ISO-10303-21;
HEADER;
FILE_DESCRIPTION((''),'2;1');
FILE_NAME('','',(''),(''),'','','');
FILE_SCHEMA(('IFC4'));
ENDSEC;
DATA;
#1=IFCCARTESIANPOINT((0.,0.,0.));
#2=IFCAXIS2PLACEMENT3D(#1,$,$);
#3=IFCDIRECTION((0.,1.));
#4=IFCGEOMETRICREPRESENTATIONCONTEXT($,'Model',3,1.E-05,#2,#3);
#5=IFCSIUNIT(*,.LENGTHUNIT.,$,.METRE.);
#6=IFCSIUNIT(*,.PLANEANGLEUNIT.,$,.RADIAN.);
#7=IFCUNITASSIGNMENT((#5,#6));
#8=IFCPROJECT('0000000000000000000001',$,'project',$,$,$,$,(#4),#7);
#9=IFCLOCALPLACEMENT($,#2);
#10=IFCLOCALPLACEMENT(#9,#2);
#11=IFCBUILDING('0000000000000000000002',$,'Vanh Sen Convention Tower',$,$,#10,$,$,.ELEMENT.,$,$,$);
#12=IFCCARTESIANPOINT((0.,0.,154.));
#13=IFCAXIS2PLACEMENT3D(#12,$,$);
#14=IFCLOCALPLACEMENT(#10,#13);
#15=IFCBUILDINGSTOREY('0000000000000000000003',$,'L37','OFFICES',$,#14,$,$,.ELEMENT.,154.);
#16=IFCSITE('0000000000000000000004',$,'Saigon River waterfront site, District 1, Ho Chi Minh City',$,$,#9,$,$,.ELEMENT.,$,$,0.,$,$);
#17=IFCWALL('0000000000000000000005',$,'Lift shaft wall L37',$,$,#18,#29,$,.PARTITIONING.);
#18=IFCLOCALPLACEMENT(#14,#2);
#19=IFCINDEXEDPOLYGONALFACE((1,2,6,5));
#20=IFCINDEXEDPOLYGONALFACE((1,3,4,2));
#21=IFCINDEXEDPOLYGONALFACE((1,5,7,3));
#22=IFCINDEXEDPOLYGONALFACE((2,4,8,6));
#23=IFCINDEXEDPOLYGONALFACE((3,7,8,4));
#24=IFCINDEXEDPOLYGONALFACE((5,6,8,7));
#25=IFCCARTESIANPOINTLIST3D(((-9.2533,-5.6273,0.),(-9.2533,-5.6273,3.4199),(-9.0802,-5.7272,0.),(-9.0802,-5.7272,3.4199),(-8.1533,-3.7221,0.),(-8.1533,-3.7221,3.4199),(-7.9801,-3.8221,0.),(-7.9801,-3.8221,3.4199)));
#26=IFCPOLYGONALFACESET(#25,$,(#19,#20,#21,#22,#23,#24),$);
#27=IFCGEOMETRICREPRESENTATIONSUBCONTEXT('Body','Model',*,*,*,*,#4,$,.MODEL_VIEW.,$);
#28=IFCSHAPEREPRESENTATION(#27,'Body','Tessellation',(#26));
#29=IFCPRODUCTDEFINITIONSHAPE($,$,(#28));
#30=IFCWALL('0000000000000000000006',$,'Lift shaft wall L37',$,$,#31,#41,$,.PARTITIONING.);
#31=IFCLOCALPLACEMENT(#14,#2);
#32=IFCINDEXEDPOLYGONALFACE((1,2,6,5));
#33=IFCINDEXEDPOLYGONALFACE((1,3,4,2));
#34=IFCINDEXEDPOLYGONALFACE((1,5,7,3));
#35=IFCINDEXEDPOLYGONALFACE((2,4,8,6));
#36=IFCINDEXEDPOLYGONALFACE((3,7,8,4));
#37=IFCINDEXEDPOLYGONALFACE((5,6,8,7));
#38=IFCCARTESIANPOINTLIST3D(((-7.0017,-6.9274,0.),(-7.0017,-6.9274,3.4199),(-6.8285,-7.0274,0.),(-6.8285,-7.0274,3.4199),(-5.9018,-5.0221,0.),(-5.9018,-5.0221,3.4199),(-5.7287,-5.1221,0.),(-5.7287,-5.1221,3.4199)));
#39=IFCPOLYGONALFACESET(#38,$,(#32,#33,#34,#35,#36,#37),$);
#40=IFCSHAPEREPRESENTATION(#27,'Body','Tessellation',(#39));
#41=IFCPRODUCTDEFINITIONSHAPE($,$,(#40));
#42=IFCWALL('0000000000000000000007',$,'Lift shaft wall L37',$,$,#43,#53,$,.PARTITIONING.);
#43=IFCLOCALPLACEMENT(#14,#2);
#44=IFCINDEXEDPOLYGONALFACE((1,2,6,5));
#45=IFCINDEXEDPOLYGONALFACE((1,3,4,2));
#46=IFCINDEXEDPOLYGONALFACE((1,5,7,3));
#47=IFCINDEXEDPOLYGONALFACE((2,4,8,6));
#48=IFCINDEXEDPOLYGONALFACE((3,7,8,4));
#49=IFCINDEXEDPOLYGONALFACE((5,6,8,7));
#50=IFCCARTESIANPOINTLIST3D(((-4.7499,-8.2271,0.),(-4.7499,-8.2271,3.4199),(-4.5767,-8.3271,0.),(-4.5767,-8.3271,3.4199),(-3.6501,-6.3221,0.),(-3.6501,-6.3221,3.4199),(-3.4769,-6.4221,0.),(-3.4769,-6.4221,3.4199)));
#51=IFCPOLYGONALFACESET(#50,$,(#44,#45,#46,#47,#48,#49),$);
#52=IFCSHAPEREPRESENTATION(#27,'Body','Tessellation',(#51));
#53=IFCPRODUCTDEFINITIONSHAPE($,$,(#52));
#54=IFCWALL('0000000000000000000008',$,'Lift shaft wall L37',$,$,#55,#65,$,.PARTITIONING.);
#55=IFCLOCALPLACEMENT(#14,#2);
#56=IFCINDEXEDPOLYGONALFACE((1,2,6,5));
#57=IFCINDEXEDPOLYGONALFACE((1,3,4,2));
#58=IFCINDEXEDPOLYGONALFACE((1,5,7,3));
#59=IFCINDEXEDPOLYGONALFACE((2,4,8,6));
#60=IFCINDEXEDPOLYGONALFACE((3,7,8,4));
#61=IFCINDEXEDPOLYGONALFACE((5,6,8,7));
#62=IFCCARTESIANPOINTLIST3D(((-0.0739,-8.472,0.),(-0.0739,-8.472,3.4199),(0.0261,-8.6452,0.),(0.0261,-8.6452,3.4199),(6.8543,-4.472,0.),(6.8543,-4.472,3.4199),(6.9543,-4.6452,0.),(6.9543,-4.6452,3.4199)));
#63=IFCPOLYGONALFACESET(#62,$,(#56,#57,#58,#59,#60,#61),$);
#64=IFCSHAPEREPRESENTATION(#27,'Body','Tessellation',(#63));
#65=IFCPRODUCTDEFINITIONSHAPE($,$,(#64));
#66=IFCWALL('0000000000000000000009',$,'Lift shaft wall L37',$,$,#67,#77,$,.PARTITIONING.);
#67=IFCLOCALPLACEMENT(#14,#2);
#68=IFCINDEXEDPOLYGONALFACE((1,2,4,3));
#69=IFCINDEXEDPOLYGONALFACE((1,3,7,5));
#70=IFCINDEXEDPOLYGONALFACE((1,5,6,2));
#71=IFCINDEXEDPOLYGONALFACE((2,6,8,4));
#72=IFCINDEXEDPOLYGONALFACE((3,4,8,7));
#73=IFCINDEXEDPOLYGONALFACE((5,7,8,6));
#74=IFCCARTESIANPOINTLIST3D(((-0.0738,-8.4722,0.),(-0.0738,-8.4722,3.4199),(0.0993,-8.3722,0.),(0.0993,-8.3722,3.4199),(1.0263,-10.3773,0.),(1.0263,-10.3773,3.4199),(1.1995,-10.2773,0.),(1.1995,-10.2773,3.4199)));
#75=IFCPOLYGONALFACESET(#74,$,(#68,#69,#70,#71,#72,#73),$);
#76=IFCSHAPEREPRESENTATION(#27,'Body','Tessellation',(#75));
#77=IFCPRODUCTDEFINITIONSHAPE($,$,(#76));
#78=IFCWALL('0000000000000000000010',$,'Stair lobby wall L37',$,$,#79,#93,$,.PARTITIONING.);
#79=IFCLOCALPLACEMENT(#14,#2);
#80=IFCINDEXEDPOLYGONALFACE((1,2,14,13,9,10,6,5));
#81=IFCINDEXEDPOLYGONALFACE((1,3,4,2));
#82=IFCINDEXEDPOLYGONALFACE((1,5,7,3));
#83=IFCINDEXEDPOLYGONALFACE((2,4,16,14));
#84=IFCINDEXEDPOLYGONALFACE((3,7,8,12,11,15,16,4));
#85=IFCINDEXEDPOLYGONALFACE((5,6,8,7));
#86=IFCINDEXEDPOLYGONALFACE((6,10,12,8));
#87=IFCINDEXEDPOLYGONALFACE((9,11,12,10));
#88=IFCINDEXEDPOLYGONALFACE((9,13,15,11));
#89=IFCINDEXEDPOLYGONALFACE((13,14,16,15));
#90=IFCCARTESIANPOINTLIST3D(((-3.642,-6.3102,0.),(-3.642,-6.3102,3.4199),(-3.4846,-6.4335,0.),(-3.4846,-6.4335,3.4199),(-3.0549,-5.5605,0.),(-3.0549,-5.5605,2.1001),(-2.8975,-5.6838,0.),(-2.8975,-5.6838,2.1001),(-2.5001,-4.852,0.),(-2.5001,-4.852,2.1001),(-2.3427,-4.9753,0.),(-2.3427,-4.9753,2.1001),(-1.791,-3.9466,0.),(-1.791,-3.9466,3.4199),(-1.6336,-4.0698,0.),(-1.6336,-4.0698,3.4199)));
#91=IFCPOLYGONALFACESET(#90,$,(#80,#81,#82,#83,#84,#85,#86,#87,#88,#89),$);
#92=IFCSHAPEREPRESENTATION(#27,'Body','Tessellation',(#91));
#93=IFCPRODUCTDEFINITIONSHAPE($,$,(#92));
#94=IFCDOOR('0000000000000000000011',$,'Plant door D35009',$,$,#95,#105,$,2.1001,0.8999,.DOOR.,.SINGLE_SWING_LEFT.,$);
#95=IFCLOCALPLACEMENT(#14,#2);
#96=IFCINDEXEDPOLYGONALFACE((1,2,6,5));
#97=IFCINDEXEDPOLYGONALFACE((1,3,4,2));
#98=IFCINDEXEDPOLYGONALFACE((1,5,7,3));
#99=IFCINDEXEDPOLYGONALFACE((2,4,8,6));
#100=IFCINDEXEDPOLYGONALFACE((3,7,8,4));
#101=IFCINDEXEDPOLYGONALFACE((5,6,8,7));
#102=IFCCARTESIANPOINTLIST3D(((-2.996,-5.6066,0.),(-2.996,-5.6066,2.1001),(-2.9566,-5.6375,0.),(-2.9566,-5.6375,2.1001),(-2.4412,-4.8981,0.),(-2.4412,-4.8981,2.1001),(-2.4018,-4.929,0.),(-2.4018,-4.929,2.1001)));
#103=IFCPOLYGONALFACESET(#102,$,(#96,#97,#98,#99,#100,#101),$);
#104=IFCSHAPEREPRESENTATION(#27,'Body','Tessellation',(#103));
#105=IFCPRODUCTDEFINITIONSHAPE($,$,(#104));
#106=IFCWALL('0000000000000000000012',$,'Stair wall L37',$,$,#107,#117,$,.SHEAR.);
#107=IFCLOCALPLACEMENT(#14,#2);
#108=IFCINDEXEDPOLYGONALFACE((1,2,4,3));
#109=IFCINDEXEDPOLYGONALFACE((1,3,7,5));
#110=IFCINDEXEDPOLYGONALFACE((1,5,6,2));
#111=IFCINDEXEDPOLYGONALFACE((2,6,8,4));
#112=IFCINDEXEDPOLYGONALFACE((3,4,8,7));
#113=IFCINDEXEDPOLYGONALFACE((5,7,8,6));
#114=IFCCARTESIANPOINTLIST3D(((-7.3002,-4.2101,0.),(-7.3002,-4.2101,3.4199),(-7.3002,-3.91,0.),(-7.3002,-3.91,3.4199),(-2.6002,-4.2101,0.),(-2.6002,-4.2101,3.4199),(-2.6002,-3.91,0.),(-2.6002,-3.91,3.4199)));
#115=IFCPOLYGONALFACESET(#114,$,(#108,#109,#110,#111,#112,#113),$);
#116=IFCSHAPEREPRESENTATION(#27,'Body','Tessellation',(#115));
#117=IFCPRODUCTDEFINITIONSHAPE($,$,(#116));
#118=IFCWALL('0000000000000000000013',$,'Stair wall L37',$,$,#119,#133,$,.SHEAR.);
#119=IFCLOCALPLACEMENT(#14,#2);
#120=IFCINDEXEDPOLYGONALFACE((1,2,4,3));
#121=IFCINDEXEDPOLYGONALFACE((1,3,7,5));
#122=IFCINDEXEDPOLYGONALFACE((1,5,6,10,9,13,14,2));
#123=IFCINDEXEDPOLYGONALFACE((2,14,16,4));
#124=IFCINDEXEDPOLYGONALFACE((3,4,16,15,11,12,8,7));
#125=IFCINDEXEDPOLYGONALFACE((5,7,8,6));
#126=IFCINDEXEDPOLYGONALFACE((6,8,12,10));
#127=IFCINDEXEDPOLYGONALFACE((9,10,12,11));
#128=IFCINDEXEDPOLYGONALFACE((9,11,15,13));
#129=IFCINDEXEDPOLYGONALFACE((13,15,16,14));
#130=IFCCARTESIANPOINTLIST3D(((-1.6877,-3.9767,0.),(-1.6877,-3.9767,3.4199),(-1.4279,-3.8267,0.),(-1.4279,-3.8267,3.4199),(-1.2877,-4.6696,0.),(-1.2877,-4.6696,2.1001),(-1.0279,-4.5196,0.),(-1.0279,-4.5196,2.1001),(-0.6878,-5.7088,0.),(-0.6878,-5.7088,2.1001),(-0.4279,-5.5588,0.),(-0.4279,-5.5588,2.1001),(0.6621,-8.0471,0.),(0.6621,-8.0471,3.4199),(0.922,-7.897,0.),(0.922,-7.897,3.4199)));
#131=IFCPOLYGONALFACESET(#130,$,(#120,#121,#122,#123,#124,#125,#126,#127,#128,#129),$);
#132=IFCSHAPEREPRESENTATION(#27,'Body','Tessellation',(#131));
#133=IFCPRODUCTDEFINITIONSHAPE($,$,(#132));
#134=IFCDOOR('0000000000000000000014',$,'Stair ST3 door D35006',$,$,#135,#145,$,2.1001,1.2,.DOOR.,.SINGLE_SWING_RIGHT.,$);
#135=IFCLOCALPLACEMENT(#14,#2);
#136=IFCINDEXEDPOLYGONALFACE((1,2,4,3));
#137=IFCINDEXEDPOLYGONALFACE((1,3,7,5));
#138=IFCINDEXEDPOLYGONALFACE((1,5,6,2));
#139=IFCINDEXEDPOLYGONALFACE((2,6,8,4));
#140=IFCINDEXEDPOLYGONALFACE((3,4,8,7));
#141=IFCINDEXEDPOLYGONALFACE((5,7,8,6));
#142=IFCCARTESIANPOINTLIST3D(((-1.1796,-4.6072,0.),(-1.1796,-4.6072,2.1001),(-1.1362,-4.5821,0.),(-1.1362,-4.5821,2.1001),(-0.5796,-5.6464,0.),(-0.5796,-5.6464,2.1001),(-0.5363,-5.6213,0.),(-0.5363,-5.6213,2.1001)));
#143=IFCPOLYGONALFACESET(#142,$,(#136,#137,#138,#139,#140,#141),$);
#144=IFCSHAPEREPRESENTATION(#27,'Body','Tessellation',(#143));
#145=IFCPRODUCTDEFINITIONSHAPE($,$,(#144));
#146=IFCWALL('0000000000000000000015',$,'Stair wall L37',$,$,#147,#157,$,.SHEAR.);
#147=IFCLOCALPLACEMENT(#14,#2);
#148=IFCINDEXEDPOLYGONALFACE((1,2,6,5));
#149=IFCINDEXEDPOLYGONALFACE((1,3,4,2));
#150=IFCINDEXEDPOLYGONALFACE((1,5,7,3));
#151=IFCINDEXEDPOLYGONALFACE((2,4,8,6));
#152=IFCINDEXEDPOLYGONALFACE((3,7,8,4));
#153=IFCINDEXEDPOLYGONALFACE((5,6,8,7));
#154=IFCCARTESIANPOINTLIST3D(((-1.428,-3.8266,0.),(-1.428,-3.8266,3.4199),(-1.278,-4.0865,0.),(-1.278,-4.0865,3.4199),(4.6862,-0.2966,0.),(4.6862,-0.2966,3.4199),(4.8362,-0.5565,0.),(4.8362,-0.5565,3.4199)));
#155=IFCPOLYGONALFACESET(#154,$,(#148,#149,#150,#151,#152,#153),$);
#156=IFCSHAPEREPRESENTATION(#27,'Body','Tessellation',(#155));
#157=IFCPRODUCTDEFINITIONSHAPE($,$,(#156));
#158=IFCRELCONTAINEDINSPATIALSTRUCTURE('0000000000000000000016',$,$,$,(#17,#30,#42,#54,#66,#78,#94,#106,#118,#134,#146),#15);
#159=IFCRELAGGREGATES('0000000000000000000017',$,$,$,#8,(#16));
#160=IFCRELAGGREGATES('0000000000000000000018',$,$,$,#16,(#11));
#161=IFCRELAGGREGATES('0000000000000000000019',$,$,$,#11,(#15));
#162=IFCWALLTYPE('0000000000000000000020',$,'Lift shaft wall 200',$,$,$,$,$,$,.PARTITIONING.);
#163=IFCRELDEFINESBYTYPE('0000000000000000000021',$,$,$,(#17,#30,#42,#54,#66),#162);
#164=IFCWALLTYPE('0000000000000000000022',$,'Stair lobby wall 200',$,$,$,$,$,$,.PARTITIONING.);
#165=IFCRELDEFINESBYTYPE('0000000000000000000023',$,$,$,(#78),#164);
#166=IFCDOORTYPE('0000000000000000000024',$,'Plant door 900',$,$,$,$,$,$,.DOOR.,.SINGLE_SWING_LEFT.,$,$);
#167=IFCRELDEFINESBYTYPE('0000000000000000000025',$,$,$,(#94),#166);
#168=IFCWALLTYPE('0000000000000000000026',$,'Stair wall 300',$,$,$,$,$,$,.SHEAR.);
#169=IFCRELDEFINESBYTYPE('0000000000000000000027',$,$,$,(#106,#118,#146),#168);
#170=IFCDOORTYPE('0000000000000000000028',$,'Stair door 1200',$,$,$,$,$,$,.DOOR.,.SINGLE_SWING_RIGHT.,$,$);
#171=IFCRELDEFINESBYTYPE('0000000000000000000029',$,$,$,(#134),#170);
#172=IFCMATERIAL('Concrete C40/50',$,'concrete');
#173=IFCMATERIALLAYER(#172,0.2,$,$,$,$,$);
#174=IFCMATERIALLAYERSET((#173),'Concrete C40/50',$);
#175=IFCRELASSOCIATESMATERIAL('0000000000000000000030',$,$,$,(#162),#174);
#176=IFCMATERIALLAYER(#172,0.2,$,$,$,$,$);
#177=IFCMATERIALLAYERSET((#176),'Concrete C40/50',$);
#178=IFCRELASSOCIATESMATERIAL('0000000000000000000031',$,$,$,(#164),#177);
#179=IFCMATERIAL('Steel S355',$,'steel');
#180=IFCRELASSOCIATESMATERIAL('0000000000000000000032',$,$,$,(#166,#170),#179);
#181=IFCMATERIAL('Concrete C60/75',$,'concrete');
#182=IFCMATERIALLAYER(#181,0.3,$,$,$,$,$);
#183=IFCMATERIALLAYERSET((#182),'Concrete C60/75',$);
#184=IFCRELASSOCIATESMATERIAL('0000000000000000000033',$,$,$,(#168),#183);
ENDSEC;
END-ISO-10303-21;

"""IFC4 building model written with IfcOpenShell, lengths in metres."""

from ifc_helpers import new_model, si_unit, direction, frame, frame_2d, origin, place, context, subcontext, project, spatial, rectangle, extrude, material, layer, layer_set, type_object, element, fill, save


model = new_model("IFC4")

# Units and contexts
model_context = context("Model", 3, precision=1e-05, world=origin(), true_north=direction((0.0, 1.0)))
body_context = subcontext(model_context, "Body", "Model", "MODEL_VIEW")
ifc_project = project(units=[si_unit("LENGTHUNIT", "METRE"), si_unit("PLANEANGLEUNIT", "RADIAN")], contexts=[model_context])

# Site, building, storey
site_placement = place(None, origin())
site = spatial("IfcSite", under=ifc_project, at=site_placement, Name="Saigon River waterfront site, District 1, Ho Chi Minh City", CompositionType="ELEMENT", RefElevation=0.0)
building_placement = place(site_placement, origin())
building = spatial("IfcBuilding", under=site, at=building_placement, Name="Vanh Sen Convention Tower", CompositionType="ELEMENT")
storey_placement = place(building_placement, frame((0.0, 0.0, 154.0)))
storey = spatial("IfcBuildingStorey", under=building, at=storey_placement, Name="L37", Description="OFFICES", CompositionType="ELEMENT", Elevation=154.0)

# Shared definitions
ifc_material_1 = material(Name="Concrete C40/50", Category="concrete")

# Shared definitions
ifc_material_2 = material(Name="Steel S355", Category="steel")

# Walls
ifc_layer_1 = layer(ifc_material_1, 0.2)
ifc_layer_set_1 = layer_set([ifc_layer_1], Name="Concrete C40/50")
wall_type_1 = type_object("IfcWallType", Name="Lift shaft wall 200", PredefinedType="PARTITIONING", material=ifc_layer_set_1)
for number, where, z_axis, x_axis, name in (
    (1, (-8.0667, -3.772, 0.0), (0.0, 0.0, 1.0), (-0.50003, -0.866008, 0.0), "Lift shaft wall L37"),
    (2, (-5.8152, -5.072, 0.0), (0.0, 0.0, 1.0), (-0.499947, -0.866056, 0.0), "Lift shaft wall L37"),
):
    element("IfcWall", number, at=place(storey_placement, frame(where, z_axis=z_axis, x_axis=x_axis)), inside=storey, type_object=wall_type_1, Name=name, PredefinedType="PARTITIONING", context=body_context, shape_type="SweptSolid", body=[
        extrude(rectangle(XDim=2.2, YDim=0.2, at=frame_2d((1.1001, 0.0))), origin(), (0.0, 0.0, 1.0), 3.4199),
    ])
wall_1_placement = place(storey_placement, frame((-3.5635, -6.3721, 0.0), z_axis=(0.0, 0.0, 1.0), x_axis=(-0.499995, -0.866028, 0.0)))
element("IfcWall", 3, at=wall_1_placement, inside=storey, type_object=wall_type_1, Name="Lift shaft wall L37", PredefinedType="PARTITIONING", context=body_context, shape_type="SweptSolid", body=[
    extrude(rectangle(XDim=2.1997, YDim=0.2, at=frame_2d((1.0999, 0.0))), origin(), (0.0, 0.0, 1.0), 3.4199),
])
wall_2_placement = place(storey_placement, frame((-0.0239, -8.5586, 0.0), z_axis=(0.0, 0.0, 1.0), x_axis=(0.866026, 0.499999, 0.0)))
element("IfcWall", 4, at=wall_2_placement, inside=storey, type_object=wall_type_1, Name="Lift shaft wall L37", PredefinedType="PARTITIONING", context=body_context, shape_type="SweptSolid", body=[
    extrude(rectangle(XDim=8.0, YDim=0.2, at=frame_2d((4.0, 0.0))), origin(), (0.0, 0.0, 1.0), 3.4199),
])
wall_3_placement = place(storey_placement, frame((0.0127, -8.4221, 0.0), z_axis=(0.0, 0.0, 1.0), x_axis=(0.500078, -0.86598, 0.0)))
element("IfcWall", 5, at=wall_3_placement, inside=storey, type_object=wall_type_1, Name="Lift shaft wall L37", PredefinedType="PARTITIONING", context=body_context, shape_type="SweptSolid", body=[
    extrude(rectangle(XDim=2.2, YDim=0.2, at=frame_2d((1.1001, 0.0))), origin(), (0.0, 0.0, 1.0), 3.4199),
])

# Wall, opening, door
ifc_layer_2 = layer(ifc_material_1, 0.2)
ifc_layer_set_2 = layer_set([ifc_layer_2], Name="Concrete C40/50")
wall_type_2 = type_object("IfcWallType", Name="Stair lobby wall 200", PredefinedType="PARTITIONING", material=ifc_layer_set_2)
wall_4_placement = place(storey_placement, frame((-1.7124, -4.0083, 0.0), z_axis=(0.0, 0.0, 1.0), x_axis=(-0.616549, -0.787316, 0.0)))
wall_4 = element("IfcWall", 6, at=wall_4_placement, inside=storey, type_object=wall_type_2, Name="Stair lobby wall L37", PredefinedType="PARTITIONING", context=body_context, shape_type="SweptSolid", body=[
    extrude(rectangle(XDim=3.0022, YDim=0.2, at=frame_2d((1.501, 0.0))), origin(), (0.0, 0.0, 1.0), 3.4199),
])
opening_1_placement = place(wall_4_placement, frame((1.1499, 0.0, 0.0)))
opening_1 = element("IfcOpeningElement", 7, at=opening_1_placement, cuts=wall_4, PredefinedType="OPENING", context=body_context, shape_type="SweptSolid", body=[
    extrude(rectangle(XDim=0.8999, YDim=2.1001, at=frame_2d((0.45, 1.05))), frame((0.0, 0.1099, 0.0), z_axis=(0.0, -1.0, 0.0), x_axis=(1.0, 0.0, 0.0)), (0.0, 0.0, 1.0), 0.22),
])
door_type_1 = type_object("IfcDoorType", Name="Plant door 900", OperationType="SINGLE_SWING_LEFT", PredefinedType="DOOR", material=ifc_material_2)
door_1_placement = place(opening_1_placement, origin())
door_1 = element("IfcDoor", 8, at=door_1_placement, inside=storey, type_object=door_type_1, Name="Plant door D35009", OperationType="SINGLE_SWING_LEFT", OverallHeight=2.1001, OverallWidth=0.8999, PredefinedType="DOOR", context=body_context, shape_type="SweptSolid", body=[
    extrude(rectangle(XDim=0.8999, YDim=2.1001, at=frame_2d((0.45, 1.05))), frame((0.0, 0.0249, 0.0), z_axis=(0.0, -1.0, 0.0), x_axis=(1.0, 0.0, 0.0)), (0.0, 0.0, 1.0), 0.05),
])
fill(opening_1, door_1)

# Wall
ifc_material_3 = material(Name="Concrete C60/75", Category="concrete")
ifc_layer_3 = layer(ifc_material_3, 0.3)
ifc_layer_set_3 = layer_set([ifc_layer_3], Name="Concrete C60/75")
wall_type_3 = type_object("IfcWallType", Name="Stair wall 300", PredefinedType="SHEAR", material=ifc_layer_set_3)
wall_5_placement = place(storey_placement, frame((-2.6001, -4.0601, 0.0), z_axis=(0.0, 0.0, 1.0), x_axis=(-1.0, 0.0, 0.0)))
element("IfcWall", 9, at=wall_5_placement, inside=storey, type_object=wall_type_3, Name="Stair wall L37", PredefinedType="SHEAR", context=body_context, shape_type="SweptSolid", body=[
    extrude(rectangle(XDim=4.7, YDim=0.3, at=frame_2d((2.3501, 0.0))), origin(), (0.0, 0.0, 1.0), 3.4199),
])

# Wall, opening, door
wall_6_placement = place(storey_placement, frame((-1.5579, -3.9016, 0.0), z_axis=(0.0, 0.0, 1.0), x_axis=(0.499977, -0.866039, 0.0)))
wall_6 = element("IfcWall", 10, at=wall_6_placement, inside=storey, type_object=wall_type_3, Name="Stair wall L37", PredefinedType="SHEAR", context=body_context, shape_type="SweptSolid", body=[
    extrude(rectangle(XDim=4.7, YDim=0.3, at=frame_2d((2.3501, 0.0))), origin(), (0.0, 0.0, 1.0), 3.4199),
])
opening_2_placement = place(wall_6_placement, frame((0.8, 0.0, 0.0)))
opening_2 = element("IfcOpeningElement", 11, at=opening_2_placement, cuts=wall_6, PredefinedType="OPENING", context=body_context, shape_type="SweptSolid", body=[
    extrude(rectangle(XDim=1.2, YDim=2.1001, at=frame_2d((0.6001, 1.05))), frame((0.0, 0.1599, 0.0), z_axis=(0.0, -1.0, 0.0), x_axis=(1.0, 0.0, 0.0)), (0.0, 0.0, 1.0), 0.3201),
])
door_type_2 = type_object("IfcDoorType", Name="Stair door 1200", OperationType="SINGLE_SWING_RIGHT", PredefinedType="DOOR", material=ifc_material_2)
door_2_placement = place(opening_2_placement, origin())
door_2 = element("IfcDoor", 12, at=door_2_placement, inside=storey, type_object=door_type_2, Name="Stair ST3 door D35006", OperationType="SINGLE_SWING_RIGHT", OverallHeight=2.1001, OverallWidth=1.2, PredefinedType="DOOR", context=body_context, shape_type="SweptSolid", body=[
    extrude(rectangle(XDim=1.2, YDim=2.1001, at=frame_2d((0.6001, 1.05))), frame((0.0, 0.0249, 0.0), z_axis=(0.0, -1.0, 0.0), x_axis=(1.0, 0.0, 0.0)), (0.0, 0.0, 1.0), 0.05),
])
fill(opening_2, door_2)

# Wall
wall_7_placement = place(storey_placement, frame((-1.353, -3.9565, 0.0), z_axis=(0.0, 0.0, 1.0), x_axis=(0.866028, 0.499996, 0.0)))
element("IfcWall", 13, at=wall_7_placement, inside=storey, type_object=wall_type_3, Name="Stair wall L37", PredefinedType="SHEAR", context=body_context, shape_type="SweptSolid", body=[
    extrude(rectangle(XDim=7.0601, YDim=0.3, at=frame_2d((3.53, 0.0))), origin(), (0.0, 0.0, 1.0), 3.4199),
])

save(model, "model.ifc")
